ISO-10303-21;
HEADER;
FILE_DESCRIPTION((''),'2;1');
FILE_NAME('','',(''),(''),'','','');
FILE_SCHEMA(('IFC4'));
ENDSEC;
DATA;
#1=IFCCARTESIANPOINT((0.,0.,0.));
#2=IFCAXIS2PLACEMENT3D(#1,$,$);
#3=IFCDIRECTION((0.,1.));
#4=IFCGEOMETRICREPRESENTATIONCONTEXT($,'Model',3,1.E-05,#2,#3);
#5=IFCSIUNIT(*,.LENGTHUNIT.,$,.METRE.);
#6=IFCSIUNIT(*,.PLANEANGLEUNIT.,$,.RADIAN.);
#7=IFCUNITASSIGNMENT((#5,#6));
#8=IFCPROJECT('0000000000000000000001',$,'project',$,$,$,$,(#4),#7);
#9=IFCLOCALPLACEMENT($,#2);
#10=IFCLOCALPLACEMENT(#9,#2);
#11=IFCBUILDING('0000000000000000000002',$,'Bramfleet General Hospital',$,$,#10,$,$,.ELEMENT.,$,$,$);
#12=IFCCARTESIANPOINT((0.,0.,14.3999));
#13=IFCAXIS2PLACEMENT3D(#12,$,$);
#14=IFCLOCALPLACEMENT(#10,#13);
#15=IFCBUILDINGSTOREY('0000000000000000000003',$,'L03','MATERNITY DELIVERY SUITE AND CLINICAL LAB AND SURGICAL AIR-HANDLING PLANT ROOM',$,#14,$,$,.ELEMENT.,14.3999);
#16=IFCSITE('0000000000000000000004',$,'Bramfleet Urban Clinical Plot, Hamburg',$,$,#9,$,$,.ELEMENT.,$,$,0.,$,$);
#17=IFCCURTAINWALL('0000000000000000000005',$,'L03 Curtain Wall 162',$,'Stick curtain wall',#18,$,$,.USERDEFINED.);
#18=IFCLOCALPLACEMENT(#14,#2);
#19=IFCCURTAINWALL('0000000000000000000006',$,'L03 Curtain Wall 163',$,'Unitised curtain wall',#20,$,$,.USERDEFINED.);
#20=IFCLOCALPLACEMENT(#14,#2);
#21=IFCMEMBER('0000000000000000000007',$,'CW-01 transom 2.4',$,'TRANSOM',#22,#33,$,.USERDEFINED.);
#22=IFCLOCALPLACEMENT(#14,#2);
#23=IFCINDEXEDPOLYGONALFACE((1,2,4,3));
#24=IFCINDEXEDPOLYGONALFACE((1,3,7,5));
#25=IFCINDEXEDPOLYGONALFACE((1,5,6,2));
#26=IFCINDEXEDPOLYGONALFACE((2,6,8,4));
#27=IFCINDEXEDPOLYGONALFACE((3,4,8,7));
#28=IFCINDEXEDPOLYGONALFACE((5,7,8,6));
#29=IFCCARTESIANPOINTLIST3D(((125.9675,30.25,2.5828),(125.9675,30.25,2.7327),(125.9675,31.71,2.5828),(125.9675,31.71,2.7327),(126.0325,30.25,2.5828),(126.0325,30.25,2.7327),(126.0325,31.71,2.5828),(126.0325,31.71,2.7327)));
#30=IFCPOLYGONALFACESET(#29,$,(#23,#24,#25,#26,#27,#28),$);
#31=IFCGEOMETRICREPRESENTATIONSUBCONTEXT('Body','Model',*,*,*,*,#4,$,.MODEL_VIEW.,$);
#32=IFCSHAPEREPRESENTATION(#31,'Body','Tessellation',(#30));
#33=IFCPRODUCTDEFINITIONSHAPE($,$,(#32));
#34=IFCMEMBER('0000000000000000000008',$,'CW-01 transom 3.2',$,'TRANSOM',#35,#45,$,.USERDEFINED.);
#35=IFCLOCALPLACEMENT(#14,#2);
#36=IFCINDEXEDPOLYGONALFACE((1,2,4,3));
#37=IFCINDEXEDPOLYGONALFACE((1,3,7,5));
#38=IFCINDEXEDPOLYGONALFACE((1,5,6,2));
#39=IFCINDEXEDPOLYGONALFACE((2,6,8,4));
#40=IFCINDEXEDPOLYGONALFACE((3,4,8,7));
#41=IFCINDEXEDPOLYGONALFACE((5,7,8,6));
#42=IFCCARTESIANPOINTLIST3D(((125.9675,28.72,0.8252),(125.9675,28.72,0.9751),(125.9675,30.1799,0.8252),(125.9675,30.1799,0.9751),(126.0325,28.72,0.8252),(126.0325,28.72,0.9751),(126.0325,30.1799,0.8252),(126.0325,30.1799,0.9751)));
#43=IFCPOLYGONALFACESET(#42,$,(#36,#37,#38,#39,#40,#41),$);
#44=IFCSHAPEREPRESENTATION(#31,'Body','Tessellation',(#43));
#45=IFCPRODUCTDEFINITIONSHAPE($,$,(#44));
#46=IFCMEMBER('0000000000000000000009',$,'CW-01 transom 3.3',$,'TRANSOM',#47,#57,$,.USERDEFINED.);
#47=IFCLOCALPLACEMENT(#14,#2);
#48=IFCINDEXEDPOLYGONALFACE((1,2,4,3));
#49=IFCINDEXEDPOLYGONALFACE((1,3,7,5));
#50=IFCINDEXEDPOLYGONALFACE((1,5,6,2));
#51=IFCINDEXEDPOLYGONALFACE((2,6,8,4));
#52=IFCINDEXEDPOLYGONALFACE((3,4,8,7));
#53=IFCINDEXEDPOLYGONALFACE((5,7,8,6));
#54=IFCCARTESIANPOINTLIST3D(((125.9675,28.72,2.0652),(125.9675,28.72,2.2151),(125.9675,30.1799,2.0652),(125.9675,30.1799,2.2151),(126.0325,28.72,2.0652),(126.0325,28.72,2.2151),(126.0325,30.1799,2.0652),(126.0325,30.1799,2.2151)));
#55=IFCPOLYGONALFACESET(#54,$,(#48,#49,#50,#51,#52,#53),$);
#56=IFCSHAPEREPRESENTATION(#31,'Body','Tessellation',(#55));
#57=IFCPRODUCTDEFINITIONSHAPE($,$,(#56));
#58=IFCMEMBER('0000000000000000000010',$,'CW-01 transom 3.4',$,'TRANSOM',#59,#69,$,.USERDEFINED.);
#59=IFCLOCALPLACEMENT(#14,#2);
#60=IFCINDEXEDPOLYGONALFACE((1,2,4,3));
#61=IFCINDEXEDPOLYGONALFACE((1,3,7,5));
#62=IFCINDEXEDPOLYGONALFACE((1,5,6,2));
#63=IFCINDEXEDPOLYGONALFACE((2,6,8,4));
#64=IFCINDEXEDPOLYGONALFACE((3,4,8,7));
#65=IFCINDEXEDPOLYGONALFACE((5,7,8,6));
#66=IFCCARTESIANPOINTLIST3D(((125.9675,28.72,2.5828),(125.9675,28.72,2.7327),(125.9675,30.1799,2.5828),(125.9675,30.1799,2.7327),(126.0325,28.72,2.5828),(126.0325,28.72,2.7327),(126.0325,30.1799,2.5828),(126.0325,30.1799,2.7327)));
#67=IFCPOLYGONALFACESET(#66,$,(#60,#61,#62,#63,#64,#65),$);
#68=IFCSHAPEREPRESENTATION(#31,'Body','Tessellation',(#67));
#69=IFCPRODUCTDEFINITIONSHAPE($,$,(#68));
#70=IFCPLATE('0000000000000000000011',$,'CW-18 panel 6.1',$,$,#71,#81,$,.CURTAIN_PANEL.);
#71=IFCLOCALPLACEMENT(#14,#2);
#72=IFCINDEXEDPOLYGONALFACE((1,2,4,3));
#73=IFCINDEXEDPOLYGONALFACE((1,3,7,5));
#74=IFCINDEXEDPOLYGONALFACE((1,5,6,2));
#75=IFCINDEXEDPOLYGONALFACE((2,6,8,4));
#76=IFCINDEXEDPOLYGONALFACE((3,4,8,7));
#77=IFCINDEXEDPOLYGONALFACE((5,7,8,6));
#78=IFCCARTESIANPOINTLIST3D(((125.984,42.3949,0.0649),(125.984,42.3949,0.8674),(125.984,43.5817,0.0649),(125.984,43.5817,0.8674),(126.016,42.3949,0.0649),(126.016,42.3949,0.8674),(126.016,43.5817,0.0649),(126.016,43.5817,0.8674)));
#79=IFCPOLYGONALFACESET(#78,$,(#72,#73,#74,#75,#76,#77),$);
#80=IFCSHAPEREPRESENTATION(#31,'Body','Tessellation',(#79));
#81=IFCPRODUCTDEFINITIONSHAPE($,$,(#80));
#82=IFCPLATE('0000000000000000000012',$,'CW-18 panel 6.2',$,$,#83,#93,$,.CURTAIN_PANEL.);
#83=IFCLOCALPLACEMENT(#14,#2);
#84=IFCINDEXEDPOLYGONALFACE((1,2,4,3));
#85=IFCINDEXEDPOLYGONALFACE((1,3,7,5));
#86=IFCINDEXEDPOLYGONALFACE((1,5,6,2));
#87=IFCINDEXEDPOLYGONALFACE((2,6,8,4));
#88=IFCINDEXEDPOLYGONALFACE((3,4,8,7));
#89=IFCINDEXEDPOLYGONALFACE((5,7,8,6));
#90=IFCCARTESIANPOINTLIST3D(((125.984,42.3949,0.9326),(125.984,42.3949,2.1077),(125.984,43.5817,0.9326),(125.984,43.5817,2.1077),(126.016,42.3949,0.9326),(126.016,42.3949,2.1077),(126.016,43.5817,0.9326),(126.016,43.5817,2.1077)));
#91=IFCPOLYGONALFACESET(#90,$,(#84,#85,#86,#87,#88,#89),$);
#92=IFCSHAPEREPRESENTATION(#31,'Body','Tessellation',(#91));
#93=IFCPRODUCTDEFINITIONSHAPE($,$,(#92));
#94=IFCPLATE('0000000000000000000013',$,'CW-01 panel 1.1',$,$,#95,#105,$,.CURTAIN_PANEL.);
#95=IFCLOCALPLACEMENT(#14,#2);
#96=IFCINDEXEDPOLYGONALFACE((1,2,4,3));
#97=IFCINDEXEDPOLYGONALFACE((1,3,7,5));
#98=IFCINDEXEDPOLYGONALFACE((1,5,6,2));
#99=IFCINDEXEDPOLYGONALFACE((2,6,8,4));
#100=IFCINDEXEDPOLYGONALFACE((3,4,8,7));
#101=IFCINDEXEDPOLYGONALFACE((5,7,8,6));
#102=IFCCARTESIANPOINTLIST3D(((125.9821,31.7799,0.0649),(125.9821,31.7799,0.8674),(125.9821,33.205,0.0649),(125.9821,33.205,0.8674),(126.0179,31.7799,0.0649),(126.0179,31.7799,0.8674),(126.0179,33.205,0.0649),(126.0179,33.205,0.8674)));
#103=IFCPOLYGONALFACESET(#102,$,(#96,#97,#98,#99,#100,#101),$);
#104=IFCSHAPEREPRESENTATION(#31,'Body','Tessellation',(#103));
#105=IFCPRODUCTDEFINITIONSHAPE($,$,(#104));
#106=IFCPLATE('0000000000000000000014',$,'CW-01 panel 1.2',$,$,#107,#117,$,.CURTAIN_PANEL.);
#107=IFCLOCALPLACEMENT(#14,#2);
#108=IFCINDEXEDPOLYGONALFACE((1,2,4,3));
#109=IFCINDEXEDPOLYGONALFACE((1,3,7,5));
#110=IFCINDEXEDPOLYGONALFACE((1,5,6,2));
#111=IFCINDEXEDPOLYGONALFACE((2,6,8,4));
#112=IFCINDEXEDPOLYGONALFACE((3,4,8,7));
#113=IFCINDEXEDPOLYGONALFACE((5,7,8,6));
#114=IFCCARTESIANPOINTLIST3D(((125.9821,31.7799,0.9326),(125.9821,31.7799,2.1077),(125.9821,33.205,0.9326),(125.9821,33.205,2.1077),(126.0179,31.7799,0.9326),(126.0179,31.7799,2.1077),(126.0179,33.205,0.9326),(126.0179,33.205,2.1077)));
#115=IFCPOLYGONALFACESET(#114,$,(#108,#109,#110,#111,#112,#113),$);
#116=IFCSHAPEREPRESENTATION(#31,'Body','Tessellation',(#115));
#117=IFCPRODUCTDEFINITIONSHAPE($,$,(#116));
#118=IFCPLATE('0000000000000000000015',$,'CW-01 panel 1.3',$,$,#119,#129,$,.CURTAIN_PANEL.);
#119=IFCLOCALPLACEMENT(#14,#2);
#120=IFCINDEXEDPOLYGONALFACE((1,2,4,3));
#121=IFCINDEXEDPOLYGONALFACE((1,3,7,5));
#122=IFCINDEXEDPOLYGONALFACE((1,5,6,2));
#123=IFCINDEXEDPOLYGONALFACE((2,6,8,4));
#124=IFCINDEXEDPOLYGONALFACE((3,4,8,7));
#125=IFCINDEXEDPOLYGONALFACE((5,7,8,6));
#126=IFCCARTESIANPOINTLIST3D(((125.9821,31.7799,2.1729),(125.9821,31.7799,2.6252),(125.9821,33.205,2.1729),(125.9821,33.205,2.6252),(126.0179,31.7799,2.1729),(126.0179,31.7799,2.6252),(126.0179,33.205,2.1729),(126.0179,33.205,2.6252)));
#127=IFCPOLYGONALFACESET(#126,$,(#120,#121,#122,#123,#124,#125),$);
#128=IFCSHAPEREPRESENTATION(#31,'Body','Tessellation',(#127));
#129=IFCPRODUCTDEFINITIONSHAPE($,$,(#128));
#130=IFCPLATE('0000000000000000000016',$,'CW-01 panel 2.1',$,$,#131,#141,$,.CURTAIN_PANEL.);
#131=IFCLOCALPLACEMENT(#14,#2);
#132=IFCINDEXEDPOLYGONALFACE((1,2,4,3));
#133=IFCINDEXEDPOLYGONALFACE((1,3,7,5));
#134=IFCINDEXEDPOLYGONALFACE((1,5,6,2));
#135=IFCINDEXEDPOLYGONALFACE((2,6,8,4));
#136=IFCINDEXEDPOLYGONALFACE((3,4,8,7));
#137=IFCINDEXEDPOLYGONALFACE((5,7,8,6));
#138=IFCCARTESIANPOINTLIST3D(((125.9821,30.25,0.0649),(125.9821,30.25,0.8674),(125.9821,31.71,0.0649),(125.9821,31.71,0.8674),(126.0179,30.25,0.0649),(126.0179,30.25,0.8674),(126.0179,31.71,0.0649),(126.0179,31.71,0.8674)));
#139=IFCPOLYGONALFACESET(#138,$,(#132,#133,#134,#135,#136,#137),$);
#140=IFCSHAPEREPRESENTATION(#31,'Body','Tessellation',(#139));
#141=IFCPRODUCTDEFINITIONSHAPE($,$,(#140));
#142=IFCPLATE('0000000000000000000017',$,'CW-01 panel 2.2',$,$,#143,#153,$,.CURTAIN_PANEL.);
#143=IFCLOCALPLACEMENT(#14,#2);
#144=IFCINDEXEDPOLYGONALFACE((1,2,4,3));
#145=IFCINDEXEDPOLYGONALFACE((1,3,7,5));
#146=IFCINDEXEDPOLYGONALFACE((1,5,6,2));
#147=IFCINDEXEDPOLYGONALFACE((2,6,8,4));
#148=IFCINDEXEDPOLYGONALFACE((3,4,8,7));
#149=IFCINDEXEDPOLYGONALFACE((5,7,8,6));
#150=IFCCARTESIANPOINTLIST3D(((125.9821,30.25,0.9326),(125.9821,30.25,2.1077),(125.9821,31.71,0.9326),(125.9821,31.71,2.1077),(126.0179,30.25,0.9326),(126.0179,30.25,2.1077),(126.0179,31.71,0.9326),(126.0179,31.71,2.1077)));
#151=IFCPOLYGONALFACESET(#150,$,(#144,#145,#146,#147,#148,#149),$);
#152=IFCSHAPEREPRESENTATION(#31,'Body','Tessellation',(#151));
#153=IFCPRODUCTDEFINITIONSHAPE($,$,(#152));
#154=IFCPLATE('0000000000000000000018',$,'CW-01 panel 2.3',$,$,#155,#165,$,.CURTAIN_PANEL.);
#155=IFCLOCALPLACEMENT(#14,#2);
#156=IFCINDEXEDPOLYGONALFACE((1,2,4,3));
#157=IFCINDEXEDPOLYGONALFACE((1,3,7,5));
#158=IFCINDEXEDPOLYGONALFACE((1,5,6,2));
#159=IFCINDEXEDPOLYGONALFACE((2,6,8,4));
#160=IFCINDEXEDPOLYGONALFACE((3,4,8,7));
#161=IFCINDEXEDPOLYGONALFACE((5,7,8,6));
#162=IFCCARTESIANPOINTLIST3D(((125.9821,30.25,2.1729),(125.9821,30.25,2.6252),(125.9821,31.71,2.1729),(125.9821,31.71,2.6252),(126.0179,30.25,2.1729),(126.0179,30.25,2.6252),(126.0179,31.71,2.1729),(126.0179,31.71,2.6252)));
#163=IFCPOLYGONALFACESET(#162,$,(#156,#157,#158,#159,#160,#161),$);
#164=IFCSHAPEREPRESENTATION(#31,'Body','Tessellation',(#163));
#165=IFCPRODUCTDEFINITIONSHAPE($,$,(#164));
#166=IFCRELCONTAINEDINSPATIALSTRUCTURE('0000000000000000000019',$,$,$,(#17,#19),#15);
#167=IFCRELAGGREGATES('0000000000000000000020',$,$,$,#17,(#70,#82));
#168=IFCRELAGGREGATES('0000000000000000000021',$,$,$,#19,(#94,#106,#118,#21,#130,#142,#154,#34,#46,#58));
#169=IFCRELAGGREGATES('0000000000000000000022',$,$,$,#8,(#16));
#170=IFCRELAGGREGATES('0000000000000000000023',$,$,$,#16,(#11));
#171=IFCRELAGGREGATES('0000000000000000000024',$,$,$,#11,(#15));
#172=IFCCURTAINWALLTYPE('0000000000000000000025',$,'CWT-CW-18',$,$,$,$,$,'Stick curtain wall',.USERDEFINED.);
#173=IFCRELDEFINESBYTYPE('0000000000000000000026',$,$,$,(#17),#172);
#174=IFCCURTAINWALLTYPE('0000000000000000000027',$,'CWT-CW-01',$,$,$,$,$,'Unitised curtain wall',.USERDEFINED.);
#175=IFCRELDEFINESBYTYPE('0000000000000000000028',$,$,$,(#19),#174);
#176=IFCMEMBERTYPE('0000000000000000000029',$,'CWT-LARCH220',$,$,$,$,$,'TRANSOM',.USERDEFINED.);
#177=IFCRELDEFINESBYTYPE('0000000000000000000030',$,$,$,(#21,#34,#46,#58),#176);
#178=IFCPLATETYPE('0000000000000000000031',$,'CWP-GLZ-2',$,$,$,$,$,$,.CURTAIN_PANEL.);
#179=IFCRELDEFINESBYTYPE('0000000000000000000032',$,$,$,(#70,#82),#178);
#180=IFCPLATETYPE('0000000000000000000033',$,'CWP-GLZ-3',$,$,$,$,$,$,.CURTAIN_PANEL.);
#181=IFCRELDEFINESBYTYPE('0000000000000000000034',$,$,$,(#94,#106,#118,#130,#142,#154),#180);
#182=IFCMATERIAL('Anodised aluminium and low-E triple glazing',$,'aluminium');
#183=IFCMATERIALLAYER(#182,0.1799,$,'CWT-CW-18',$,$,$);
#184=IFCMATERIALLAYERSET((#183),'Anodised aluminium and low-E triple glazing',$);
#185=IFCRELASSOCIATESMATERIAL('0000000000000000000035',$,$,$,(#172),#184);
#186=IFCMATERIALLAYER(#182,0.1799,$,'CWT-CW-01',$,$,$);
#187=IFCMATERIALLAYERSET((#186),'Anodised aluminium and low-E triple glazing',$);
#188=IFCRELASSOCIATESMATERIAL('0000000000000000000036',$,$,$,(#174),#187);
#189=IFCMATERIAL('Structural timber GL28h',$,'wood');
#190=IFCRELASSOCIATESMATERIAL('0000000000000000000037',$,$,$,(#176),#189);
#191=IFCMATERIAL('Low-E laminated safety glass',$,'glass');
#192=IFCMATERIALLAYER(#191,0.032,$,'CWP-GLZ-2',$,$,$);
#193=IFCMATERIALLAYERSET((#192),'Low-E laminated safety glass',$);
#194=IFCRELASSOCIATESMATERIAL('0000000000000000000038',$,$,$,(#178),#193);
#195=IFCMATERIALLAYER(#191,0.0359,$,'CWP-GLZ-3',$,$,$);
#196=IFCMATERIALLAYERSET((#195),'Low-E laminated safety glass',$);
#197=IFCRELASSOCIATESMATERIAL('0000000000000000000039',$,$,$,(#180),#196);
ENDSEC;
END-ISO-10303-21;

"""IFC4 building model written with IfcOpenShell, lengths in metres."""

from ifc_helpers import new_model, si_unit, direction, frame, origin, origin_2d, place, context, subcontext, project, spatial, rectangle, extrude, material, layer, layer_set, material_profile, profile_set, type_object, element, aggregate, save


model = new_model("IFC4")

# Units and contexts
model_context = context("Model", 3, precision=1e-05, world=origin(), true_north=direction((0.0, 1.0)))
body_context = subcontext(model_context, "Body", "Model", "MODEL_VIEW")
ifc_project = project(units=[si_unit("LENGTHUNIT", "METRE"), si_unit("PLANEANGLEUNIT", "RADIAN")], contexts=[model_context])

# Site, building, storey
site_placement = place(None, origin())
site = spatial("IfcSite", under=ifc_project, at=site_placement, Name="Bramfleet Urban Clinical Plot, Hamburg", CompositionType="ELEMENT", RefElevation=0.0)
building_placement = place(site_placement, origin())
building = spatial("IfcBuilding", under=site, at=building_placement, Name="Bramfleet General Hospital", CompositionType="ELEMENT")
storey_placement = place(building_placement, frame((0.0, 0.0, 14.3999)))
storey = spatial("IfcBuildingStorey", under=building, at=storey_placement, Name="L03", Description="MATERNITY DELIVERY SUITE AND CLINICAL LAB AND SURGICAL AIR-HANDLING PLANT ROOM", CompositionType="ELEMENT", Elevation=14.3999)

# Curtain wall
ifc_material_1 = material(Name="Anodised aluminium and low-E triple glazing", Category="aluminium")
ifc_layer_1 = layer(ifc_material_1, 0.1799, Name="CWT-CW-18")
ifc_layer_set_1 = layer_set([ifc_layer_1], Name="Anodised aluminium and low-E triple glazing")
curtain_wall_type_1 = type_object("IfcCurtainWallType", Name="CWT-CW-18", ElementType="Stick curtain wall", PredefinedType="USERDEFINED", material=ifc_layer_set_1)
curtain_wall_1_placement = place(storey_placement, origin())
curtain_wall_1 = element("IfcCurtainWall", 1, at=curtain_wall_1_placement, inside=storey, type_object=curtain_wall_type_1, Name="L03 Curtain Wall 162", ObjectType="Stick curtain wall", PredefinedType="USERDEFINED")
ifc_material_2 = material(Name="Structural timber GL28h", Category="wood")

# Curtain wall, members
ifc_layer_2 = layer(ifc_material_1, 0.1799, Name="CWT-CW-01")
ifc_layer_set_2 = layer_set([ifc_layer_2], Name="Anodised aluminium and low-E triple glazing")
curtain_wall_type_2 = type_object("IfcCurtainWallType", Name="CWT-CW-01", ElementType="Unitised curtain wall", PredefinedType="USERDEFINED", material=ifc_layer_set_2)
curtain_wall_2_placement = place(storey_placement, origin())
curtain_wall_2 = element("IfcCurtainWall", 2, at=curtain_wall_2_placement, inside=storey, type_object=curtain_wall_type_2, Name="L03 Curtain Wall 163", ObjectType="Unitised curtain wall", PredefinedType="USERDEFINED")
ifc_material_profile_1 = material_profile(ifc_material_2, rectangle(XDim=0.0649, YDim=0.1499, at=origin_2d()), Name="LARCH 150x65")
ifc_profile_set_1 = profile_set([ifc_material_profile_1], Name="Structural timber GL28h")
member_type_1 = type_object("IfcMemberType", Name="CWT-LARCH220", ElementType="TRANSOM", PredefinedType="USERDEFINED", material=ifc_profile_set_1)
member_1_placement = place(storey_placement, frame((126.0, 31.71, 2.6577), z_axis=(0.0, -1.0, 0.0), x_axis=(1.0, 0.0, 0.0)))
member_1 = element("IfcMember", 3, at=member_1_placement, type_object=member_type_1, Name="CW-01 transom 2.4", ObjectType="TRANSOM", PredefinedType="USERDEFINED", context=body_context, shape_type="SweptSolid", body=[
    extrude(rectangle(XDim=0.0649, YDim=0.1499, at=origin_2d()), origin(), (0.0, 0.0, 1.0), 1.46),
])
member_2_placement = place(storey_placement, frame((126.0, 30.1799, 0.9001), z_axis=(0.0, -1.0, 0.0), x_axis=(1.0, 0.0, 0.0)))
member_2 = element("IfcMember", 4, at=member_2_placement, type_object=member_type_1, Name="CW-01 transom 3.2", ObjectType="TRANSOM", PredefinedType="USERDEFINED", context=body_context, shape_type="SweptSolid", body=[
    extrude(rectangle(XDim=0.0649, YDim=0.1499, at=origin_2d()), origin(), (0.0, 0.0, 1.0), 1.46),
])
member_3_placement = place(storey_placement, frame((126.0, 30.1799, 2.1401), z_axis=(0.0, -1.0, 0.0), x_axis=(1.0, 0.0, 0.0)))
member_3 = element("IfcMember", 5, at=member_3_placement, type_object=member_type_1, Name="CW-01 transom 3.3", ObjectType="TRANSOM", PredefinedType="USERDEFINED", context=body_context, shape_type="SweptSolid", body=[
    extrude(rectangle(XDim=0.0649, YDim=0.1499, at=origin_2d()), origin(), (0.0, 0.0, 1.0), 1.46),
])
member_4_placement = place(storey_placement, frame((126.0, 30.1799, 2.6577), z_axis=(0.0, -1.0, 0.0), x_axis=(1.0, 0.0, 0.0)))
member_4 = element("IfcMember", 6, at=member_4_placement, type_object=member_type_1, Name="CW-01 transom 3.4", ObjectType="TRANSOM", PredefinedType="USERDEFINED", context=body_context, shape_type="SweptSolid", body=[
    extrude(rectangle(XDim=0.0649, YDim=0.1499, at=origin_2d()), origin(), (0.0, 0.0, 1.0), 1.46),
])

# Plates
ifc_material_3 = material(Name="Low-E laminated safety glass", Category="glass")
ifc_layer_3 = layer(ifc_material_3, 0.032, Name="CWP-GLZ-2")
ifc_layer_set_3 = layer_set([ifc_layer_3], Name="Low-E laminated safety glass")
plate_type_1 = type_object("IfcPlateType", Name="CWP-GLZ-2", PredefinedType="CURTAIN_PANEL", material=ifc_layer_set_3)
plate_1_placement = place(storey_placement, frame((126.0, 42.9883, 0.0649), z_axis=(0.0, 0.0, 1.0), x_axis=(0.0, -1.0, 0.0)))
plate_1 = element("IfcPlate", 7, at=plate_1_placement, type_object=plate_type_1, Name="CW-18 panel 6.1", PredefinedType="CURTAIN_PANEL", context=body_context, shape_type="SweptSolid", body=[
    extrude(rectangle(XDim=1.1868, YDim=0.032, at=origin_2d()), origin(), (0.0, 0.0, 1.0), 0.8025),
])
plate_2_placement = place(storey_placement, frame((126.0, 42.9883, 0.9326), z_axis=(0.0, 0.0, 1.0), x_axis=(0.0, -1.0, 0.0)))
plate_2 = element("IfcPlate", 8, at=plate_2_placement, type_object=plate_type_1, Name="CW-18 panel 6.2", PredefinedType="CURTAIN_PANEL", context=body_context, shape_type="SweptSolid", body=[
    extrude(rectangle(XDim=1.1868, YDim=0.032, at=origin_2d()), origin(), (0.0, 0.0, 1.0), 1.175),
])
aggregate(curtain_wall_1, [plate_1, plate_2])
ifc_layer_4 = layer(ifc_material_3, 0.0359, Name="CWP-GLZ-3")
ifc_layer_set_4 = layer_set([ifc_layer_4], Name="Low-E laminated safety glass")
plate_type_2 = type_object("IfcPlateType", Name="CWP-GLZ-3", PredefinedType="CURTAIN_PANEL", material=ifc_layer_set_4)
plate_3_placement = place(storey_placement, frame((126.0, 32.4924, 0.0649), z_axis=(0.0, 0.0, 1.0), x_axis=(0.0, -1.0, 0.0)))
plate_3 = element("IfcPlate", 9, at=plate_3_placement, type_object=plate_type_2, Name="CW-01 panel 1.1", PredefinedType="CURTAIN_PANEL", context=body_context, shape_type="SweptSolid", body=[
    extrude(rectangle(XDim=1.425, YDim=0.0359, at=origin_2d()), origin(), (0.0, 0.0, 1.0), 0.8025),
])
plate_4_placement = place(storey_placement, frame((126.0, 32.4924, 0.9326), z_axis=(0.0, 0.0, 1.0), x_axis=(0.0, -1.0, 0.0)))
plate_4 = element("IfcPlate", 10, at=plate_4_placement, type_object=plate_type_2, Name="CW-01 panel 1.2", PredefinedType="CURTAIN_PANEL", context=body_context, shape_type="SweptSolid", body=[
    extrude(rectangle(XDim=1.425, YDim=0.0359, at=origin_2d()), origin(), (0.0, 0.0, 1.0), 1.175),
])
plate_5_placement = place(storey_placement, frame((126.0, 32.4924, 2.1729), z_axis=(0.0, 0.0, 1.0), x_axis=(0.0, -1.0, 0.0)))
plate_5 = element("IfcPlate", 11, at=plate_5_placement, type_object=plate_type_2, Name="CW-01 panel 1.3", PredefinedType="CURTAIN_PANEL", context=body_context, shape_type="SweptSolid", body=[
    extrude(rectangle(XDim=1.425, YDim=0.0359, at=origin_2d()), origin(), (0.0, 0.0, 1.0), 0.4524),
])
plate_6_placement = place(storey_placement, frame((126.0, 30.98, 0.0649), z_axis=(0.0, 0.0, 1.0), x_axis=(0.0, -1.0, 0.0)))
plate_6 = element("IfcPlate", 12, at=plate_6_placement, type_object=plate_type_2, Name="CW-01 panel 2.1", PredefinedType="CURTAIN_PANEL", context=body_context, shape_type="SweptSolid", body=[
    extrude(rectangle(XDim=1.46, YDim=0.0359, at=origin_2d()), origin(), (0.0, 0.0, 1.0), 0.8025),
])
plate_7_placement = place(storey_placement, frame((126.0, 30.98, 0.9326), z_axis=(0.0, 0.0, 1.0), x_axis=(0.0, -1.0, 0.0)))
plate_7 = element("IfcPlate", 13, at=plate_7_placement, type_object=plate_type_2, Name="CW-01 panel 2.2", PredefinedType="CURTAIN_PANEL", context=body_context, shape_type="SweptSolid", body=[
    extrude(rectangle(XDim=1.46, YDim=0.0359, at=origin_2d()), origin(), (0.0, 0.0, 1.0), 1.175),
])
plate_8_placement = place(storey_placement, frame((126.0, 30.98, 2.1729), z_axis=(0.0, 0.0, 1.0), x_axis=(0.0, -1.0, 0.0)))
plate_8 = element("IfcPlate", 14, at=plate_8_placement, type_object=plate_type_2, Name="CW-01 panel 2.3", PredefinedType="CURTAIN_PANEL", context=body_context, shape_type="SweptSolid", body=[
    extrude(rectangle(XDim=1.46, YDim=0.0359, at=origin_2d()), origin(), (0.0, 0.0, 1.0), 0.4524),
])
aggregate(curtain_wall_2, [plate_3, plate_4, plate_5, member_1, plate_6, plate_7, plate_8, member_2, member_3, member_4])

save(model, "model.ifc")
